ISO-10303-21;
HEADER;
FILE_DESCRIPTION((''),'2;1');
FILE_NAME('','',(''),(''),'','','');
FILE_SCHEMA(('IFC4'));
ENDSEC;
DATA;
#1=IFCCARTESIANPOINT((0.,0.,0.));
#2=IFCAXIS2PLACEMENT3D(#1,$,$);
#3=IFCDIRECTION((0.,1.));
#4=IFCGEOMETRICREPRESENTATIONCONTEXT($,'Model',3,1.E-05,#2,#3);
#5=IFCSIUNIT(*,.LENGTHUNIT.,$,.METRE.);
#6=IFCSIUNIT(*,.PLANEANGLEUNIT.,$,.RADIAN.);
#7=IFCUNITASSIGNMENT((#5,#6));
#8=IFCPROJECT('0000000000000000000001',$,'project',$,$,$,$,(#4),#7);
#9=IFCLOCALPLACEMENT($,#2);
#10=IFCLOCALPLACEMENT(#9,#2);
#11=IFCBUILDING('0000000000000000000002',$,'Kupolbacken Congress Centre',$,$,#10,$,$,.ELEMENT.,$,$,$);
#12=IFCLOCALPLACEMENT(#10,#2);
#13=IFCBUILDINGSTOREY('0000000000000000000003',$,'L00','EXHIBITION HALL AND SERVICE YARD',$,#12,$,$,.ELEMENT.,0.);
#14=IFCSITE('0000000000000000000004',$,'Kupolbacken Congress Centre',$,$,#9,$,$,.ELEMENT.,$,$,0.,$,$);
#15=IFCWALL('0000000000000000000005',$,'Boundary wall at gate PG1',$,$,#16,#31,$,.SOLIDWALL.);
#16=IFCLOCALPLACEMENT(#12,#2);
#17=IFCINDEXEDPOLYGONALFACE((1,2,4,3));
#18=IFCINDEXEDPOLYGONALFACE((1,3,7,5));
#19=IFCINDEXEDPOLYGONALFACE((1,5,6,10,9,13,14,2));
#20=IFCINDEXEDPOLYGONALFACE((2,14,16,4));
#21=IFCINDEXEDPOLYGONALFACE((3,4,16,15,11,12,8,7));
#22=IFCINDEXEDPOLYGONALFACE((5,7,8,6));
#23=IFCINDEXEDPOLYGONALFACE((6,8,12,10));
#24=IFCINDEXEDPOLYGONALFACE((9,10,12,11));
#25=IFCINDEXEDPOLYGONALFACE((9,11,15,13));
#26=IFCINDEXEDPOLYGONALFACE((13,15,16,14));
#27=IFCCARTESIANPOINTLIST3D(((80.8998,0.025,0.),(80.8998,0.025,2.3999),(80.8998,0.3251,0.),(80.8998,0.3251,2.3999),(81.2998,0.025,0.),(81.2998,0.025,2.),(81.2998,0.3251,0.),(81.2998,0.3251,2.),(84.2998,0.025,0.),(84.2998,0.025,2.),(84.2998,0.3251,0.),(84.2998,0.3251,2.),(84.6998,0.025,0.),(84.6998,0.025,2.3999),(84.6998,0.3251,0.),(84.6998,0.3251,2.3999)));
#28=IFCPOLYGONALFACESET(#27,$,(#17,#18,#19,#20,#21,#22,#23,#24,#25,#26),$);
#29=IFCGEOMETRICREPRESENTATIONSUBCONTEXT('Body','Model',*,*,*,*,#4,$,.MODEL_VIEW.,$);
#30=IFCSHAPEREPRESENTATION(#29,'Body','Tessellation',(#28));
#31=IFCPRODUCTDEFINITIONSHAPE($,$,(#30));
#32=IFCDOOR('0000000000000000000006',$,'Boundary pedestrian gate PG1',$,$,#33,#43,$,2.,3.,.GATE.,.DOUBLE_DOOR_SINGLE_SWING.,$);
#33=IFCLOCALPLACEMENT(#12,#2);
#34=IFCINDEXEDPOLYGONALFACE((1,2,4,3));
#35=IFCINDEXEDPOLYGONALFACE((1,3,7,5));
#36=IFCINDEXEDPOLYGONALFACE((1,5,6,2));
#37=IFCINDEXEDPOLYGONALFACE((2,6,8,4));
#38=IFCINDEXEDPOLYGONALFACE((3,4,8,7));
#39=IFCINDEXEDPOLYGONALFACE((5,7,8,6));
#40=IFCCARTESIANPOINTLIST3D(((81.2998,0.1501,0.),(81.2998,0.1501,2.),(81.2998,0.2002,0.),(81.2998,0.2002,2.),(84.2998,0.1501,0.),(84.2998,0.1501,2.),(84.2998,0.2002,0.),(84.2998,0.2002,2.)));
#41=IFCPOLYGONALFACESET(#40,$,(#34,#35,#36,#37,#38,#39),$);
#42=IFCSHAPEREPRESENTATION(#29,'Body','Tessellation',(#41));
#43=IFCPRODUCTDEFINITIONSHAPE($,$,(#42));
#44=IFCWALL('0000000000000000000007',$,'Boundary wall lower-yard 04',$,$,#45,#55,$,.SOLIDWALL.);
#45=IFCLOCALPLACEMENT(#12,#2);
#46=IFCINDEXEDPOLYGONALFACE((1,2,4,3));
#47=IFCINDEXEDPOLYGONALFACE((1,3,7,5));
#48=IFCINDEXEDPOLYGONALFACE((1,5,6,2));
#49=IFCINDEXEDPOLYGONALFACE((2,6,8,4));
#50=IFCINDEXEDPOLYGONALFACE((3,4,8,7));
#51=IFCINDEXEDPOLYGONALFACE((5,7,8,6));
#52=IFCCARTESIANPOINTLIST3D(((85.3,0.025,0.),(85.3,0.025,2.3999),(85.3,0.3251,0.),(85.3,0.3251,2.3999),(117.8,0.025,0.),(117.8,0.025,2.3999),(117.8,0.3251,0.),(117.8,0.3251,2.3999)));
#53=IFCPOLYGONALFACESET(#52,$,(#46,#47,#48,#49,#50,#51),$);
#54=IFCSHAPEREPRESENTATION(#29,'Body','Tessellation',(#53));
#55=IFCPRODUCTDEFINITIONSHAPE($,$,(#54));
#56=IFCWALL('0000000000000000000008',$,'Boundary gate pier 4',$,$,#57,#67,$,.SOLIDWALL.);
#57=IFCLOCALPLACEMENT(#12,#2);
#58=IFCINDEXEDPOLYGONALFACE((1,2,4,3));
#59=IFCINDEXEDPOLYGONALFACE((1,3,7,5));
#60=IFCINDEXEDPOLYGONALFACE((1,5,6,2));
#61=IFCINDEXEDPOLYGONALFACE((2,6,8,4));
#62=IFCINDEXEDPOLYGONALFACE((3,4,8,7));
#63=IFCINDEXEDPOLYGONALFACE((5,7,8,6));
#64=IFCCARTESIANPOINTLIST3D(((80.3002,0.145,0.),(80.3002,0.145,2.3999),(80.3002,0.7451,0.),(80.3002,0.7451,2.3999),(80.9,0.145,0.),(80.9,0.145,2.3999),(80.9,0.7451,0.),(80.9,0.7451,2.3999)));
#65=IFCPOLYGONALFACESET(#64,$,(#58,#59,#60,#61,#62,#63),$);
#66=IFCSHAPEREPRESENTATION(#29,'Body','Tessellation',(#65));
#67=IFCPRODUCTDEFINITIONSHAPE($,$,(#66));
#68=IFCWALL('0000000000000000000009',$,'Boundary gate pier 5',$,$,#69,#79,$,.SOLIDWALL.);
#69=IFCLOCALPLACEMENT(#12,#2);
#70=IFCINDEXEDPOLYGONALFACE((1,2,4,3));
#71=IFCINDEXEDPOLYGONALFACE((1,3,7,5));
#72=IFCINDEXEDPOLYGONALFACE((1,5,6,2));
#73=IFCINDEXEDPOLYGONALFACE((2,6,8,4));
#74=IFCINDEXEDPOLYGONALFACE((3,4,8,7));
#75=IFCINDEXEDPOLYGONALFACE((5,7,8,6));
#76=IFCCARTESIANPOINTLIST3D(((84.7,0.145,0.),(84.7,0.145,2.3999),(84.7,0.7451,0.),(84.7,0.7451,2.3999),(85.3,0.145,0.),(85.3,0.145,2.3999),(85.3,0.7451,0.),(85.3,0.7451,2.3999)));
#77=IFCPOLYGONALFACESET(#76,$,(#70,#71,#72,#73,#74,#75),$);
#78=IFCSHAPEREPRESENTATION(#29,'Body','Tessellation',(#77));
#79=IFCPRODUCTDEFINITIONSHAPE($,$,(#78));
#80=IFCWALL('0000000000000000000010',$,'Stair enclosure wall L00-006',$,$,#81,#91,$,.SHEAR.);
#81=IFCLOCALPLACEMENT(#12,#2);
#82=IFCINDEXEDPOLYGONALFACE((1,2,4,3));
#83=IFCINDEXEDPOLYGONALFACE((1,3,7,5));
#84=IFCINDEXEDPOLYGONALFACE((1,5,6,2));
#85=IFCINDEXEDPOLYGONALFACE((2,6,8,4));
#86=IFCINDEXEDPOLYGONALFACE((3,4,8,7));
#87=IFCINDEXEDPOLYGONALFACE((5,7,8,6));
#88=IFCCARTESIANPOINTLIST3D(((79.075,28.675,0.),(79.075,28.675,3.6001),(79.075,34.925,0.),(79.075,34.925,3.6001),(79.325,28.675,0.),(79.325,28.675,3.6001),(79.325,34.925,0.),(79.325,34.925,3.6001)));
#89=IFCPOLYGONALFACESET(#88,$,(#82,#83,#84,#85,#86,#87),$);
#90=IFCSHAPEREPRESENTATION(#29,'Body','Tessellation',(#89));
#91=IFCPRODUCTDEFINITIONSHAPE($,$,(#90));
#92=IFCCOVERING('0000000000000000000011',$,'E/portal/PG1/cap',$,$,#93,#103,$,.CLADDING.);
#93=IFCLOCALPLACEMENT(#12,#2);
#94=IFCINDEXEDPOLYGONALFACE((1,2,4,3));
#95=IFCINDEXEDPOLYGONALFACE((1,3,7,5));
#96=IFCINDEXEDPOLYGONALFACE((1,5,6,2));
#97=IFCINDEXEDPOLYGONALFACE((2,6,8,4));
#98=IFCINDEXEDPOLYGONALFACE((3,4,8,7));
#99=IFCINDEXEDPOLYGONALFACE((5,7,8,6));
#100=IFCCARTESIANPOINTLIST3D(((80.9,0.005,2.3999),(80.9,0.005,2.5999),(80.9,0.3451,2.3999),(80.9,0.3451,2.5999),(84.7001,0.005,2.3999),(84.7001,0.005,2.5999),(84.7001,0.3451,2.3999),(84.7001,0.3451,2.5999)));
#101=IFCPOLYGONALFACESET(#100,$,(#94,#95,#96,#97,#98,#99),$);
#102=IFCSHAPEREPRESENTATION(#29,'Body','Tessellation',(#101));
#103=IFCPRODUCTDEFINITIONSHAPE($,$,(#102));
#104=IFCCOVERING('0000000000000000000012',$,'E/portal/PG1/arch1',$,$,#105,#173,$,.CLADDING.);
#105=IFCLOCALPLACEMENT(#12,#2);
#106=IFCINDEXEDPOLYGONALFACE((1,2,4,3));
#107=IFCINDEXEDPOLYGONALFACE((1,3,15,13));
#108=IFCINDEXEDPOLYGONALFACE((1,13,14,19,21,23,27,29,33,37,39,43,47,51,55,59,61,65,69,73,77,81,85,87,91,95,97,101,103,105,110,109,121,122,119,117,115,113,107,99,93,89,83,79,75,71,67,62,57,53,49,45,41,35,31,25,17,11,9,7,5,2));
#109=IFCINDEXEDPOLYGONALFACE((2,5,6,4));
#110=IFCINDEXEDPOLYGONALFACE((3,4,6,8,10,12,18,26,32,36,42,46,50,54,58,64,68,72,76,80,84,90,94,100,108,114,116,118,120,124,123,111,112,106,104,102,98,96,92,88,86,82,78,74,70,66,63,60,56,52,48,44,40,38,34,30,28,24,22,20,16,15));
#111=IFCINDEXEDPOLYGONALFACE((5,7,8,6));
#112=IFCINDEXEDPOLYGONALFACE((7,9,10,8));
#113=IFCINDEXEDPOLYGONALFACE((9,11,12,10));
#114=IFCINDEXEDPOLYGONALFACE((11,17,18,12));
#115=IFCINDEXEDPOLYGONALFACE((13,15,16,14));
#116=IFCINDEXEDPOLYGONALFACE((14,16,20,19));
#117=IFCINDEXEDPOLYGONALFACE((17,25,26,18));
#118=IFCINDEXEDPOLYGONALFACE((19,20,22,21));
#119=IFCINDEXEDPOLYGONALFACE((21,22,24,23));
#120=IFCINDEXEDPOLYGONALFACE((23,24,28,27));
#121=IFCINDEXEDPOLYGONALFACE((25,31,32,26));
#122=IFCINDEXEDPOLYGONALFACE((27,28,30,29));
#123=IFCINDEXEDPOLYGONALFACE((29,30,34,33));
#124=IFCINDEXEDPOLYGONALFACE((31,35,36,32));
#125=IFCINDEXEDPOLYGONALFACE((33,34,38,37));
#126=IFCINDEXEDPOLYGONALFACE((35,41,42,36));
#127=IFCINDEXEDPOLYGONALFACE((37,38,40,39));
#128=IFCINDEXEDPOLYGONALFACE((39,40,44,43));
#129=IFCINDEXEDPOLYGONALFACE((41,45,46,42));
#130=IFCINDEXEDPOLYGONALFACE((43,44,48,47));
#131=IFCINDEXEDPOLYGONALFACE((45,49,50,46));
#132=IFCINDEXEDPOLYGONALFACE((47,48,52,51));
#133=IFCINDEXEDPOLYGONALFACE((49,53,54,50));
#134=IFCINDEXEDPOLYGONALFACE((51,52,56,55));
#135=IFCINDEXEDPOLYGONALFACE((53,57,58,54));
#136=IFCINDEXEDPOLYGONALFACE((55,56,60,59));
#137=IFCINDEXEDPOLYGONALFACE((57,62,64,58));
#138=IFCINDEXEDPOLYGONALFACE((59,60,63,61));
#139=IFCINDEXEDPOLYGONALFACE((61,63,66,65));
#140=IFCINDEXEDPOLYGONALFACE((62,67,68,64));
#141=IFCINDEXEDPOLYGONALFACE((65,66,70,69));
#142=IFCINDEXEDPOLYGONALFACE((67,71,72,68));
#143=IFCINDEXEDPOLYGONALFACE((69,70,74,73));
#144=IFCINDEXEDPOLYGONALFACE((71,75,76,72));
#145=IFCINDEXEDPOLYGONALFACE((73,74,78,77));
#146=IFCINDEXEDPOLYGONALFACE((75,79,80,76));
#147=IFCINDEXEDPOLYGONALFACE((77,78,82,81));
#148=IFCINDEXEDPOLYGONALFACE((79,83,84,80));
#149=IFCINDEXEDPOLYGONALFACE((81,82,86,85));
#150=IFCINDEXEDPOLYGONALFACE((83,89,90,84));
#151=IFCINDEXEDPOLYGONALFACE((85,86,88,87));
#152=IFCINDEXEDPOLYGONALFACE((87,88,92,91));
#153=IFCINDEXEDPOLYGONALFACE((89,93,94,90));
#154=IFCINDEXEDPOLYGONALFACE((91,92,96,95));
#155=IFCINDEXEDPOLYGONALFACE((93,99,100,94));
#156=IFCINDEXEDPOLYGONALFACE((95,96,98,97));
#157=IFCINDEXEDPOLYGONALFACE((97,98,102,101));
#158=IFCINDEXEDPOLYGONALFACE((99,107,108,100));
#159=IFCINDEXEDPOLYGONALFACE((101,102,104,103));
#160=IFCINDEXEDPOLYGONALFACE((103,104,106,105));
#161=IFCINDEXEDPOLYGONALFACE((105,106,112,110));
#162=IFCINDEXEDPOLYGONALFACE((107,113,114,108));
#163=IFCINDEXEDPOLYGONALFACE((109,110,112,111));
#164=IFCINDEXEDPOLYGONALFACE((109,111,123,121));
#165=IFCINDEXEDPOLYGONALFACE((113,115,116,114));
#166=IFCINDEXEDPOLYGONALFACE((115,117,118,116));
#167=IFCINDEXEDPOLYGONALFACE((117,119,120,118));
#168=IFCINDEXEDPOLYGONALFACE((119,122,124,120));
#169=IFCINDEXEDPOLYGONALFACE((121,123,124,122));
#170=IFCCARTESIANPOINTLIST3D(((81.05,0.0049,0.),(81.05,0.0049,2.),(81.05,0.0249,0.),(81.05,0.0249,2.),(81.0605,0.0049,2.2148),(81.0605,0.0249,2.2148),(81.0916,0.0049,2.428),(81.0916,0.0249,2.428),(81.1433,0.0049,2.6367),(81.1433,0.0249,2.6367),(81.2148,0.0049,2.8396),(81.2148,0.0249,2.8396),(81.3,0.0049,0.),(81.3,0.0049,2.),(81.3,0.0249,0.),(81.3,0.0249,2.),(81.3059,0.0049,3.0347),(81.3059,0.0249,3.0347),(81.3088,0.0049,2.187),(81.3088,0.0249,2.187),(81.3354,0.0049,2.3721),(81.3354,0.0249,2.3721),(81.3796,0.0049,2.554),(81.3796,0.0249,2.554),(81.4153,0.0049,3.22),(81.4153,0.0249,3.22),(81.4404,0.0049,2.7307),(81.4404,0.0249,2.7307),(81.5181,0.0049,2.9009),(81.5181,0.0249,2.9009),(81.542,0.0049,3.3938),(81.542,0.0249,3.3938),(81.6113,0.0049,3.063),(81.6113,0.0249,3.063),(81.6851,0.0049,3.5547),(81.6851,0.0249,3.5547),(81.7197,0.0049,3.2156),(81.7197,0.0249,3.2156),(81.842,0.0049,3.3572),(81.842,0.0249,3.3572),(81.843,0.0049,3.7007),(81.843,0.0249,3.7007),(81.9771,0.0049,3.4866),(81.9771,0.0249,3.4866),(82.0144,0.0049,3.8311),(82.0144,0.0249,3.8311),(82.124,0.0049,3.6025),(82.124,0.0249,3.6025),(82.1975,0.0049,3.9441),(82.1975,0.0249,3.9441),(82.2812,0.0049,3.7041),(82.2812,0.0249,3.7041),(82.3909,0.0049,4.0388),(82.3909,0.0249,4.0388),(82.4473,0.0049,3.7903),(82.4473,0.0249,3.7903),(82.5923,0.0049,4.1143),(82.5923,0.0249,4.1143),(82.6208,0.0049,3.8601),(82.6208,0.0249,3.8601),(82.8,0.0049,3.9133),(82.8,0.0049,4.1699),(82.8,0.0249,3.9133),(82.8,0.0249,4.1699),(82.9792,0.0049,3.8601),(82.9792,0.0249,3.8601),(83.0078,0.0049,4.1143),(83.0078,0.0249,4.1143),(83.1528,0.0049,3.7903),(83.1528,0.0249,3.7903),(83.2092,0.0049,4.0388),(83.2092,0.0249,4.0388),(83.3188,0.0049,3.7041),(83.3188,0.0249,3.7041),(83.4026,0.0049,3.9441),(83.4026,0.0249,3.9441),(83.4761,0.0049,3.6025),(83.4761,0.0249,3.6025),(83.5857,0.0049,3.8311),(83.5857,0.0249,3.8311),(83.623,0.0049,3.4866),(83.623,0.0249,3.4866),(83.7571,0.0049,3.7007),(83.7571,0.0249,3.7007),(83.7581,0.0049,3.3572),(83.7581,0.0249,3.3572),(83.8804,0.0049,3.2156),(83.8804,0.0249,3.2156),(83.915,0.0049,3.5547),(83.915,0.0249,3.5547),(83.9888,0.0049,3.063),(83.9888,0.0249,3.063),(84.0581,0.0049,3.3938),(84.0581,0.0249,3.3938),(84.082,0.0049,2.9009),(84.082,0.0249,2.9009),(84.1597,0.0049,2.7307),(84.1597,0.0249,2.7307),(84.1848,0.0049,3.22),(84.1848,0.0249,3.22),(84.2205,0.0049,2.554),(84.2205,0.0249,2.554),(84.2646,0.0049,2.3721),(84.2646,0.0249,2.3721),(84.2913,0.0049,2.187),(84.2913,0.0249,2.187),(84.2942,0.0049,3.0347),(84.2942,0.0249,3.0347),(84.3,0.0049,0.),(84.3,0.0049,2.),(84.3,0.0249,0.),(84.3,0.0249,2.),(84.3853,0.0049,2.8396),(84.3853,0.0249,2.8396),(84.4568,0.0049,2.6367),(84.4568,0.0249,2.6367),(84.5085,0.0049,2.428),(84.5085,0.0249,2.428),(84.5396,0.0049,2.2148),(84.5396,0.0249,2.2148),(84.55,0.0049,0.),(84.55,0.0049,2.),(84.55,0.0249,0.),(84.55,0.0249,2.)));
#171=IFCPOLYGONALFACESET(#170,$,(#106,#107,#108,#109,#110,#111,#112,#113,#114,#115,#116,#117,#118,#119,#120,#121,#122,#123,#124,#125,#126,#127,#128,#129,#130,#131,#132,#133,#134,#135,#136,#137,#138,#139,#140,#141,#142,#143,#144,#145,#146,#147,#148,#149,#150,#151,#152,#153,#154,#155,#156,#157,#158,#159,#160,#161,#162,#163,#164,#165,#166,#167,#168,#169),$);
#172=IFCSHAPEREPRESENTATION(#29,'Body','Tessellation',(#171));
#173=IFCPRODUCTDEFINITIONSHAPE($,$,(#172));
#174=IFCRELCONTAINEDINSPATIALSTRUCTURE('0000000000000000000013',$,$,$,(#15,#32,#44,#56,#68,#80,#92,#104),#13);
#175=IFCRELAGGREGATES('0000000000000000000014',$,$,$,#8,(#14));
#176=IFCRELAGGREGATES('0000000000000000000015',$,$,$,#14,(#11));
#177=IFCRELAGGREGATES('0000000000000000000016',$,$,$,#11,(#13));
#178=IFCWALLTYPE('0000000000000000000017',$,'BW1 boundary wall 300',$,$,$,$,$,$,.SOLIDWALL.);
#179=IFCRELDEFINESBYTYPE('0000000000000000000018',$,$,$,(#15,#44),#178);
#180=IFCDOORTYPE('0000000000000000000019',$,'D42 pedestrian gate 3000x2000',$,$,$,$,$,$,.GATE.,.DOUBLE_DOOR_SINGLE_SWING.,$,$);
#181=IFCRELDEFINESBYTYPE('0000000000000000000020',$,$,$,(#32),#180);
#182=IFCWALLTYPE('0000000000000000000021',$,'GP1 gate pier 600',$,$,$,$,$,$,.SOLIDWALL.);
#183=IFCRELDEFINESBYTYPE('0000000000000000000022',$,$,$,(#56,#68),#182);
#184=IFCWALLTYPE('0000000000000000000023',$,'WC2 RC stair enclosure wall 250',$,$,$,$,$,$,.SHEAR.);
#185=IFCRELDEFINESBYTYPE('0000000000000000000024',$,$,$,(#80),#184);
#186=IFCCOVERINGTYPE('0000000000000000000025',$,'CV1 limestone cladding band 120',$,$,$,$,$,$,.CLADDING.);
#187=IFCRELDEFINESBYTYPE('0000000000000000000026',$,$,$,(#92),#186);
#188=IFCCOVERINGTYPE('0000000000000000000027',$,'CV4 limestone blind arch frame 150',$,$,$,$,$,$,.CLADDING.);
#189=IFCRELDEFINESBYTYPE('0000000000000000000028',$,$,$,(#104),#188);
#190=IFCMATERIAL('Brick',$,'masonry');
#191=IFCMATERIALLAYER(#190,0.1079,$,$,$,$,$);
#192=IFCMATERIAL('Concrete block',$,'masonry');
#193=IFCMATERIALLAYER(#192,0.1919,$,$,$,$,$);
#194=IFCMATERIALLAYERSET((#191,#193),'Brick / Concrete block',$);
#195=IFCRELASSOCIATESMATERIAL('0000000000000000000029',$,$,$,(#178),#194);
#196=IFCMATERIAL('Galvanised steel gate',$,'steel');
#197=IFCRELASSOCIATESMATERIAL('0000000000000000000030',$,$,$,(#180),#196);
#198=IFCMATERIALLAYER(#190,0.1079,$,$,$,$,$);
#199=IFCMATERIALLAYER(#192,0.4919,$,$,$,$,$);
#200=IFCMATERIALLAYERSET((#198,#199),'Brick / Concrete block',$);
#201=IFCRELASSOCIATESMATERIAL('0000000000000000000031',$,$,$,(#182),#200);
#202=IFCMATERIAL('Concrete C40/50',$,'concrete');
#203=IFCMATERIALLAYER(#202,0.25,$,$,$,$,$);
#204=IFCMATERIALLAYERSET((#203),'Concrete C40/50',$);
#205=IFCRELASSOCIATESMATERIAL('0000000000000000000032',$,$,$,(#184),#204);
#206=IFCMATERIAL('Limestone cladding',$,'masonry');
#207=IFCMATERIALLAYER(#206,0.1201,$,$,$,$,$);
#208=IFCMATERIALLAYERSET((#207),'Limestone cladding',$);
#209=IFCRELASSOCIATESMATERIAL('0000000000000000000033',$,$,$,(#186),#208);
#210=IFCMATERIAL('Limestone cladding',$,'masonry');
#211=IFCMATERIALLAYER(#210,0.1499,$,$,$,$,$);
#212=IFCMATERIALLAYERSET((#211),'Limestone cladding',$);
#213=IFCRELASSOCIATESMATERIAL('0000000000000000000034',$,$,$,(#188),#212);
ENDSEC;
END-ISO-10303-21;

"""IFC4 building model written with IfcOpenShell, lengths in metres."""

from ifc_helpers import new_model, si_unit, direction, frame, frame_2d, origin, origin_2d, place, context, subcontext, project, spatial, polyline, rectangle, outline, extrude, material, layer, layer_set, type_object, element, fill, save


model = new_model("IFC4")

# Units and contexts
model_context = context("Model", 3, precision=1e-05, world=origin(), true_north=direction((0.0, 1.0)))
body_context = subcontext(model_context, "Body", "Model", "MODEL_VIEW")
ifc_project = project(units=[si_unit("LENGTHUNIT", "METRE"), si_unit("PLANEANGLEUNIT", "RADIAN")], contexts=[model_context])

# Site, building, storey
site_placement = place(None, origin())
site = spatial("IfcSite", under=ifc_project, at=site_placement, Name="Kupolbacken Congress Centre", CompositionType="ELEMENT", RefElevation=0.0)
building_placement = place(site_placement, origin())
building = spatial("IfcBuilding", under=site, at=building_placement, Name="Kupolbacken Congress Centre", CompositionType="ELEMENT")
storey_placement = place(building_placement, origin())
storey = spatial("IfcBuildingStorey", under=building, at=storey_placement, Name="L00", Description="EXHIBITION HALL AND SERVICE YARD", CompositionType="ELEMENT", Elevation=0.0)

# Shared definitions
ifc_material_1 = material(Name="Brick", Category="masonry")
ifc_layer_1 = layer(ifc_material_1, 0.1079)
ifc_material_2 = material(Name="Concrete block", Category="masonry")
ifc_layer_2 = layer(ifc_material_2, 0.1919)
ifc_layer_set_1 = layer_set([ifc_layer_1, ifc_layer_2], Name="Brick / Concrete block")
wall_type_1 = type_object("IfcWallType", Name="BW1 boundary wall 300", PredefinedType="SOLIDWALL", material=ifc_layer_set_1)

# Wall, opening, door
wall_1_placement = place(storey_placement, frame((80.8999, 0.175, 0.0), z_axis=(0.0, 0.0, 1.0), x_axis=(1.0, 0.0, 0.0)))
wall_1 = element("IfcWall", 1, at=wall_1_placement, inside=storey, type_object=wall_type_1, Name="Boundary wall at gate PG1", PredefinedType="SOLIDWALL", context=body_context, shape_type="SweptSolid", body=[
    extrude(rectangle(XDim=3.8, YDim=0.3, at=frame_2d((1.8999, 0.0))), origin(), (0.0, 0.0, 1.0), 2.3999),
])
opening_placement = place(wall_1_placement, frame((0.3999, 0.0, 0.0)))
opening = element("IfcOpeningElement", 2, at=opening_placement, cuts=wall_1, PredefinedType="OPENING", context=body_context, shape_type="SweptSolid", body=[
    extrude(rectangle(XDim=3.0, YDim=2.0, at=frame_2d((1.5, 1.0))), frame((0.0, 0.1599, 0.0), z_axis=(0.0, -1.0, 0.0), x_axis=(1.0, 0.0, 0.0)), (0.0, 0.0, 1.0), 0.3201),
])
ifc_material_3 = material(Name="Galvanised steel gate", Category="steel")
door_type = type_object("IfcDoorType", Name="D42 pedestrian gate 3000x2000", OperationType="DOUBLE_DOOR_SINGLE_SWING", PredefinedType="GATE", material=ifc_material_3)
door_placement = place(opening_placement, frame((3.0, 0.0, 0.0), z_axis=(0.0, 0.0, 1.0), x_axis=(-1.0, 0.0, 0.0)))
door = element("IfcDoor", 3, at=door_placement, inside=storey, type_object=door_type, Name="Boundary pedestrian gate PG1", OperationType="DOUBLE_DOOR_SINGLE_SWING", OverallHeight=2.0, OverallWidth=3.0, PredefinedType="GATE", context=body_context, shape_type="SweptSolid", body=[
    extrude(rectangle(XDim=3.0, YDim=2.0, at=frame_2d((1.5, 1.0))), frame((0.0, 0.0249, 0.0), z_axis=(0.0, -1.0, 0.0), x_axis=(1.0, 0.0, 0.0)), (0.0, 0.0, 1.0), 0.05),
])
fill(opening, door)

# Walls
wall_2_placement = place(storey_placement, frame((85.3, 0.175, 0.0), z_axis=(0.0, 0.0, 1.0), x_axis=(1.0, 0.0, 0.0)))
element("IfcWall", 4, at=wall_2_placement, inside=storey, type_object=wall_type_1, Name="Boundary wall lower-yard 04", PredefinedType="SOLIDWALL", context=body_context, shape_type="SweptSolid", body=[
    extrude(rectangle(XDim=32.5, YDim=0.3, at=frame_2d((16.25, 0.0))), origin(), (0.0, 0.0, 1.0), 2.3999),
])
ifc_layer_3 = layer(ifc_material_1, 0.1079)
ifc_layer_4 = layer(ifc_material_2, 0.4919)
ifc_layer_set_2 = layer_set([ifc_layer_3, ifc_layer_4], Name="Brick / Concrete block")
wall_type_2 = type_object("IfcWallType", Name="GP1 gate pier 600", PredefinedType="SOLIDWALL", material=ifc_layer_set_2)
wall_3_placement = place(storey_placement, frame((80.8999, 0.4451, 0.0), z_axis=(0.0, 0.0, 1.0), x_axis=(-1.0, 0.0, 0.0)))
element("IfcWall", 5, at=wall_3_placement, inside=storey, type_object=wall_type_2, Name="Boundary gate pier 4", PredefinedType="SOLIDWALL", context=body_context, shape_type="SweptSolid", body=[
    extrude(rectangle(XDim=0.5999, YDim=0.6001, at=frame_2d((0.2998, 0.0))), origin(), (0.0, 0.0, 1.0), 2.3999),
])
wall_4_placement = place(storey_placement, frame((84.7, 0.4451, 0.0), z_axis=(0.0, 0.0, 1.0), x_axis=(1.0, 0.0, 0.0)))
element("IfcWall", 6, at=wall_4_placement, inside=storey, type_object=wall_type_2, Name="Boundary gate pier 5", PredefinedType="SOLIDWALL", context=body_context, shape_type="SweptSolid", body=[
    extrude(rectangle(XDim=0.6001, YDim=0.6001, at=frame_2d((0.3, 0.0))), origin(), (0.0, 0.0, 1.0), 2.3999),
])
ifc_material_4 = material(Name="Concrete C40/50", Category="concrete")
ifc_layer_5 = layer(ifc_material_4, 0.25)
ifc_layer_set_3 = layer_set([ifc_layer_5], Name="Concrete C40/50")
wall_type_3 = type_object("IfcWallType", Name="WC2 RC stair enclosure wall 250", PredefinedType="SHEAR", material=ifc_layer_set_3)
wall_5_placement = place(storey_placement, frame((79.2, 28.675, 0.0), z_axis=(0.0, 0.0, 1.0), x_axis=(0.0, 1.0, 0.0)))
element("IfcWall", 7, at=wall_5_placement, inside=storey, type_object=wall_type_3, Name="Stair enclosure wall L00-006", PredefinedType="SHEAR", context=body_context, shape_type="SweptSolid", body=[
    extrude(rectangle(XDim=6.25, YDim=0.25, at=frame_2d((3.125, 0.0))), origin(), (0.0, 0.0, 1.0), 3.6001),
])

# Coverings
ifc_material_5 = material(Name="Limestone cladding", Category="masonry")
ifc_layer_6 = layer(ifc_material_5, 0.1201)
ifc_layer_set_4 = layer_set([ifc_layer_6], Name="Limestone cladding")
covering_type_1 = type_object("IfcCoveringType", Name="CV1 limestone cladding band 120", PredefinedType="CLADDING", material=ifc_layer_set_4)
covering_1_placement = place(storey_placement, frame((82.8, 0.175, 2.3999), z_axis=(0.0, 0.0, 1.0), x_axis=(1.0, 0.0, 0.0)))
element("IfcCovering", 8, at=covering_1_placement, inside=storey, type_object=covering_type_1, Name="E/portal/PG1/cap", PredefinedType="CLADDING", context=body_context, shape_type="SweptSolid", body=[
    extrude(rectangle(XDim=3.8, YDim=0.3401, at=origin_2d()), origin(), (0.0, 0.0, 1.0), 0.2),
])
ifc_material_6 = material(Name="Limestone cladding", Category="masonry")
ifc_layer_7 = layer(ifc_material_6, 0.1499)
ifc_layer_set_5 = layer_set([ifc_layer_7], Name="Limestone cladding")
covering_type_2 = type_object("IfcCoveringType", Name="CV4 limestone blind arch frame 150", PredefinedType="CLADDING", material=ifc_layer_set_5)
covering_2_placement = place(storey_placement, frame((81.05, 0.0249, 0.0), z_axis=(0.0, -1.0, 0.0), x_axis=(1.0, 0.0, 0.0)))
element("IfcCovering", 9, at=covering_2_placement, inside=storey, type_object=covering_type_2, Name="E/portal/PG1/arch1", PredefinedType="CLADDING", context=body_context, shape_type="SweptSolid", body=[
    extrude(outline(polyline([(0.0, 0.0), (0.0, 2.0), (0.0105, 2.2148), (0.0415, 2.428), (0.0933, 2.6367), (0.1648, 2.8396), (0.2559, 3.0347), (0.3652, 3.22), (0.4919, 3.3938), (0.635, 3.5547), (0.793, 3.7007), (0.9644, 3.8311), (1.1475, 3.9441), (1.3408, 4.0388), (1.5422, 4.1143), (1.75, 4.1699), (1.9578, 4.1143), (2.1592, 4.0388), (2.3525, 3.9441), (2.5356, 3.8311), (2.707, 3.7007), (2.865, 3.5547), (3.0081, 3.3938), (3.1348, 3.22), (3.2441, 3.0347), (3.3352, 2.8396), (3.4067, 2.6367), (3.4585, 2.428), (3.4895, 2.2148), (3.5, 2.0), (3.5, 0.0), (3.25, 0.0), (3.25, 2.0), (3.2412, 2.187), (3.2146, 2.3721), (3.1704, 2.554), (3.1096, 2.7307), (3.032, 2.9009), (2.9387, 3.063), (2.8303, 3.2156), (2.708, 3.3572), (2.573, 3.4866), (2.426, 3.6025), (2.2688, 3.7041), (2.1028, 3.7903), (1.9292, 3.8601), (1.75, 3.9133), (1.5708, 3.8601), (1.3972, 3.7903), (1.2312, 3.7041), (1.074, 3.6025), (0.927, 3.4866), (0.792, 3.3572), (0.6697, 3.2156), (0.5613, 3.063), (0.468, 2.9009), (0.3904, 2.7307), (0.3296, 2.554), (0.2854, 2.3721), (0.2588, 2.187), (0.25, 2.0), (0.25, 0.0), (0.0, 0.0)])), origin(), (0.0, 0.0, 1.0), 0.02),
])

save(model, "model.ifc")
